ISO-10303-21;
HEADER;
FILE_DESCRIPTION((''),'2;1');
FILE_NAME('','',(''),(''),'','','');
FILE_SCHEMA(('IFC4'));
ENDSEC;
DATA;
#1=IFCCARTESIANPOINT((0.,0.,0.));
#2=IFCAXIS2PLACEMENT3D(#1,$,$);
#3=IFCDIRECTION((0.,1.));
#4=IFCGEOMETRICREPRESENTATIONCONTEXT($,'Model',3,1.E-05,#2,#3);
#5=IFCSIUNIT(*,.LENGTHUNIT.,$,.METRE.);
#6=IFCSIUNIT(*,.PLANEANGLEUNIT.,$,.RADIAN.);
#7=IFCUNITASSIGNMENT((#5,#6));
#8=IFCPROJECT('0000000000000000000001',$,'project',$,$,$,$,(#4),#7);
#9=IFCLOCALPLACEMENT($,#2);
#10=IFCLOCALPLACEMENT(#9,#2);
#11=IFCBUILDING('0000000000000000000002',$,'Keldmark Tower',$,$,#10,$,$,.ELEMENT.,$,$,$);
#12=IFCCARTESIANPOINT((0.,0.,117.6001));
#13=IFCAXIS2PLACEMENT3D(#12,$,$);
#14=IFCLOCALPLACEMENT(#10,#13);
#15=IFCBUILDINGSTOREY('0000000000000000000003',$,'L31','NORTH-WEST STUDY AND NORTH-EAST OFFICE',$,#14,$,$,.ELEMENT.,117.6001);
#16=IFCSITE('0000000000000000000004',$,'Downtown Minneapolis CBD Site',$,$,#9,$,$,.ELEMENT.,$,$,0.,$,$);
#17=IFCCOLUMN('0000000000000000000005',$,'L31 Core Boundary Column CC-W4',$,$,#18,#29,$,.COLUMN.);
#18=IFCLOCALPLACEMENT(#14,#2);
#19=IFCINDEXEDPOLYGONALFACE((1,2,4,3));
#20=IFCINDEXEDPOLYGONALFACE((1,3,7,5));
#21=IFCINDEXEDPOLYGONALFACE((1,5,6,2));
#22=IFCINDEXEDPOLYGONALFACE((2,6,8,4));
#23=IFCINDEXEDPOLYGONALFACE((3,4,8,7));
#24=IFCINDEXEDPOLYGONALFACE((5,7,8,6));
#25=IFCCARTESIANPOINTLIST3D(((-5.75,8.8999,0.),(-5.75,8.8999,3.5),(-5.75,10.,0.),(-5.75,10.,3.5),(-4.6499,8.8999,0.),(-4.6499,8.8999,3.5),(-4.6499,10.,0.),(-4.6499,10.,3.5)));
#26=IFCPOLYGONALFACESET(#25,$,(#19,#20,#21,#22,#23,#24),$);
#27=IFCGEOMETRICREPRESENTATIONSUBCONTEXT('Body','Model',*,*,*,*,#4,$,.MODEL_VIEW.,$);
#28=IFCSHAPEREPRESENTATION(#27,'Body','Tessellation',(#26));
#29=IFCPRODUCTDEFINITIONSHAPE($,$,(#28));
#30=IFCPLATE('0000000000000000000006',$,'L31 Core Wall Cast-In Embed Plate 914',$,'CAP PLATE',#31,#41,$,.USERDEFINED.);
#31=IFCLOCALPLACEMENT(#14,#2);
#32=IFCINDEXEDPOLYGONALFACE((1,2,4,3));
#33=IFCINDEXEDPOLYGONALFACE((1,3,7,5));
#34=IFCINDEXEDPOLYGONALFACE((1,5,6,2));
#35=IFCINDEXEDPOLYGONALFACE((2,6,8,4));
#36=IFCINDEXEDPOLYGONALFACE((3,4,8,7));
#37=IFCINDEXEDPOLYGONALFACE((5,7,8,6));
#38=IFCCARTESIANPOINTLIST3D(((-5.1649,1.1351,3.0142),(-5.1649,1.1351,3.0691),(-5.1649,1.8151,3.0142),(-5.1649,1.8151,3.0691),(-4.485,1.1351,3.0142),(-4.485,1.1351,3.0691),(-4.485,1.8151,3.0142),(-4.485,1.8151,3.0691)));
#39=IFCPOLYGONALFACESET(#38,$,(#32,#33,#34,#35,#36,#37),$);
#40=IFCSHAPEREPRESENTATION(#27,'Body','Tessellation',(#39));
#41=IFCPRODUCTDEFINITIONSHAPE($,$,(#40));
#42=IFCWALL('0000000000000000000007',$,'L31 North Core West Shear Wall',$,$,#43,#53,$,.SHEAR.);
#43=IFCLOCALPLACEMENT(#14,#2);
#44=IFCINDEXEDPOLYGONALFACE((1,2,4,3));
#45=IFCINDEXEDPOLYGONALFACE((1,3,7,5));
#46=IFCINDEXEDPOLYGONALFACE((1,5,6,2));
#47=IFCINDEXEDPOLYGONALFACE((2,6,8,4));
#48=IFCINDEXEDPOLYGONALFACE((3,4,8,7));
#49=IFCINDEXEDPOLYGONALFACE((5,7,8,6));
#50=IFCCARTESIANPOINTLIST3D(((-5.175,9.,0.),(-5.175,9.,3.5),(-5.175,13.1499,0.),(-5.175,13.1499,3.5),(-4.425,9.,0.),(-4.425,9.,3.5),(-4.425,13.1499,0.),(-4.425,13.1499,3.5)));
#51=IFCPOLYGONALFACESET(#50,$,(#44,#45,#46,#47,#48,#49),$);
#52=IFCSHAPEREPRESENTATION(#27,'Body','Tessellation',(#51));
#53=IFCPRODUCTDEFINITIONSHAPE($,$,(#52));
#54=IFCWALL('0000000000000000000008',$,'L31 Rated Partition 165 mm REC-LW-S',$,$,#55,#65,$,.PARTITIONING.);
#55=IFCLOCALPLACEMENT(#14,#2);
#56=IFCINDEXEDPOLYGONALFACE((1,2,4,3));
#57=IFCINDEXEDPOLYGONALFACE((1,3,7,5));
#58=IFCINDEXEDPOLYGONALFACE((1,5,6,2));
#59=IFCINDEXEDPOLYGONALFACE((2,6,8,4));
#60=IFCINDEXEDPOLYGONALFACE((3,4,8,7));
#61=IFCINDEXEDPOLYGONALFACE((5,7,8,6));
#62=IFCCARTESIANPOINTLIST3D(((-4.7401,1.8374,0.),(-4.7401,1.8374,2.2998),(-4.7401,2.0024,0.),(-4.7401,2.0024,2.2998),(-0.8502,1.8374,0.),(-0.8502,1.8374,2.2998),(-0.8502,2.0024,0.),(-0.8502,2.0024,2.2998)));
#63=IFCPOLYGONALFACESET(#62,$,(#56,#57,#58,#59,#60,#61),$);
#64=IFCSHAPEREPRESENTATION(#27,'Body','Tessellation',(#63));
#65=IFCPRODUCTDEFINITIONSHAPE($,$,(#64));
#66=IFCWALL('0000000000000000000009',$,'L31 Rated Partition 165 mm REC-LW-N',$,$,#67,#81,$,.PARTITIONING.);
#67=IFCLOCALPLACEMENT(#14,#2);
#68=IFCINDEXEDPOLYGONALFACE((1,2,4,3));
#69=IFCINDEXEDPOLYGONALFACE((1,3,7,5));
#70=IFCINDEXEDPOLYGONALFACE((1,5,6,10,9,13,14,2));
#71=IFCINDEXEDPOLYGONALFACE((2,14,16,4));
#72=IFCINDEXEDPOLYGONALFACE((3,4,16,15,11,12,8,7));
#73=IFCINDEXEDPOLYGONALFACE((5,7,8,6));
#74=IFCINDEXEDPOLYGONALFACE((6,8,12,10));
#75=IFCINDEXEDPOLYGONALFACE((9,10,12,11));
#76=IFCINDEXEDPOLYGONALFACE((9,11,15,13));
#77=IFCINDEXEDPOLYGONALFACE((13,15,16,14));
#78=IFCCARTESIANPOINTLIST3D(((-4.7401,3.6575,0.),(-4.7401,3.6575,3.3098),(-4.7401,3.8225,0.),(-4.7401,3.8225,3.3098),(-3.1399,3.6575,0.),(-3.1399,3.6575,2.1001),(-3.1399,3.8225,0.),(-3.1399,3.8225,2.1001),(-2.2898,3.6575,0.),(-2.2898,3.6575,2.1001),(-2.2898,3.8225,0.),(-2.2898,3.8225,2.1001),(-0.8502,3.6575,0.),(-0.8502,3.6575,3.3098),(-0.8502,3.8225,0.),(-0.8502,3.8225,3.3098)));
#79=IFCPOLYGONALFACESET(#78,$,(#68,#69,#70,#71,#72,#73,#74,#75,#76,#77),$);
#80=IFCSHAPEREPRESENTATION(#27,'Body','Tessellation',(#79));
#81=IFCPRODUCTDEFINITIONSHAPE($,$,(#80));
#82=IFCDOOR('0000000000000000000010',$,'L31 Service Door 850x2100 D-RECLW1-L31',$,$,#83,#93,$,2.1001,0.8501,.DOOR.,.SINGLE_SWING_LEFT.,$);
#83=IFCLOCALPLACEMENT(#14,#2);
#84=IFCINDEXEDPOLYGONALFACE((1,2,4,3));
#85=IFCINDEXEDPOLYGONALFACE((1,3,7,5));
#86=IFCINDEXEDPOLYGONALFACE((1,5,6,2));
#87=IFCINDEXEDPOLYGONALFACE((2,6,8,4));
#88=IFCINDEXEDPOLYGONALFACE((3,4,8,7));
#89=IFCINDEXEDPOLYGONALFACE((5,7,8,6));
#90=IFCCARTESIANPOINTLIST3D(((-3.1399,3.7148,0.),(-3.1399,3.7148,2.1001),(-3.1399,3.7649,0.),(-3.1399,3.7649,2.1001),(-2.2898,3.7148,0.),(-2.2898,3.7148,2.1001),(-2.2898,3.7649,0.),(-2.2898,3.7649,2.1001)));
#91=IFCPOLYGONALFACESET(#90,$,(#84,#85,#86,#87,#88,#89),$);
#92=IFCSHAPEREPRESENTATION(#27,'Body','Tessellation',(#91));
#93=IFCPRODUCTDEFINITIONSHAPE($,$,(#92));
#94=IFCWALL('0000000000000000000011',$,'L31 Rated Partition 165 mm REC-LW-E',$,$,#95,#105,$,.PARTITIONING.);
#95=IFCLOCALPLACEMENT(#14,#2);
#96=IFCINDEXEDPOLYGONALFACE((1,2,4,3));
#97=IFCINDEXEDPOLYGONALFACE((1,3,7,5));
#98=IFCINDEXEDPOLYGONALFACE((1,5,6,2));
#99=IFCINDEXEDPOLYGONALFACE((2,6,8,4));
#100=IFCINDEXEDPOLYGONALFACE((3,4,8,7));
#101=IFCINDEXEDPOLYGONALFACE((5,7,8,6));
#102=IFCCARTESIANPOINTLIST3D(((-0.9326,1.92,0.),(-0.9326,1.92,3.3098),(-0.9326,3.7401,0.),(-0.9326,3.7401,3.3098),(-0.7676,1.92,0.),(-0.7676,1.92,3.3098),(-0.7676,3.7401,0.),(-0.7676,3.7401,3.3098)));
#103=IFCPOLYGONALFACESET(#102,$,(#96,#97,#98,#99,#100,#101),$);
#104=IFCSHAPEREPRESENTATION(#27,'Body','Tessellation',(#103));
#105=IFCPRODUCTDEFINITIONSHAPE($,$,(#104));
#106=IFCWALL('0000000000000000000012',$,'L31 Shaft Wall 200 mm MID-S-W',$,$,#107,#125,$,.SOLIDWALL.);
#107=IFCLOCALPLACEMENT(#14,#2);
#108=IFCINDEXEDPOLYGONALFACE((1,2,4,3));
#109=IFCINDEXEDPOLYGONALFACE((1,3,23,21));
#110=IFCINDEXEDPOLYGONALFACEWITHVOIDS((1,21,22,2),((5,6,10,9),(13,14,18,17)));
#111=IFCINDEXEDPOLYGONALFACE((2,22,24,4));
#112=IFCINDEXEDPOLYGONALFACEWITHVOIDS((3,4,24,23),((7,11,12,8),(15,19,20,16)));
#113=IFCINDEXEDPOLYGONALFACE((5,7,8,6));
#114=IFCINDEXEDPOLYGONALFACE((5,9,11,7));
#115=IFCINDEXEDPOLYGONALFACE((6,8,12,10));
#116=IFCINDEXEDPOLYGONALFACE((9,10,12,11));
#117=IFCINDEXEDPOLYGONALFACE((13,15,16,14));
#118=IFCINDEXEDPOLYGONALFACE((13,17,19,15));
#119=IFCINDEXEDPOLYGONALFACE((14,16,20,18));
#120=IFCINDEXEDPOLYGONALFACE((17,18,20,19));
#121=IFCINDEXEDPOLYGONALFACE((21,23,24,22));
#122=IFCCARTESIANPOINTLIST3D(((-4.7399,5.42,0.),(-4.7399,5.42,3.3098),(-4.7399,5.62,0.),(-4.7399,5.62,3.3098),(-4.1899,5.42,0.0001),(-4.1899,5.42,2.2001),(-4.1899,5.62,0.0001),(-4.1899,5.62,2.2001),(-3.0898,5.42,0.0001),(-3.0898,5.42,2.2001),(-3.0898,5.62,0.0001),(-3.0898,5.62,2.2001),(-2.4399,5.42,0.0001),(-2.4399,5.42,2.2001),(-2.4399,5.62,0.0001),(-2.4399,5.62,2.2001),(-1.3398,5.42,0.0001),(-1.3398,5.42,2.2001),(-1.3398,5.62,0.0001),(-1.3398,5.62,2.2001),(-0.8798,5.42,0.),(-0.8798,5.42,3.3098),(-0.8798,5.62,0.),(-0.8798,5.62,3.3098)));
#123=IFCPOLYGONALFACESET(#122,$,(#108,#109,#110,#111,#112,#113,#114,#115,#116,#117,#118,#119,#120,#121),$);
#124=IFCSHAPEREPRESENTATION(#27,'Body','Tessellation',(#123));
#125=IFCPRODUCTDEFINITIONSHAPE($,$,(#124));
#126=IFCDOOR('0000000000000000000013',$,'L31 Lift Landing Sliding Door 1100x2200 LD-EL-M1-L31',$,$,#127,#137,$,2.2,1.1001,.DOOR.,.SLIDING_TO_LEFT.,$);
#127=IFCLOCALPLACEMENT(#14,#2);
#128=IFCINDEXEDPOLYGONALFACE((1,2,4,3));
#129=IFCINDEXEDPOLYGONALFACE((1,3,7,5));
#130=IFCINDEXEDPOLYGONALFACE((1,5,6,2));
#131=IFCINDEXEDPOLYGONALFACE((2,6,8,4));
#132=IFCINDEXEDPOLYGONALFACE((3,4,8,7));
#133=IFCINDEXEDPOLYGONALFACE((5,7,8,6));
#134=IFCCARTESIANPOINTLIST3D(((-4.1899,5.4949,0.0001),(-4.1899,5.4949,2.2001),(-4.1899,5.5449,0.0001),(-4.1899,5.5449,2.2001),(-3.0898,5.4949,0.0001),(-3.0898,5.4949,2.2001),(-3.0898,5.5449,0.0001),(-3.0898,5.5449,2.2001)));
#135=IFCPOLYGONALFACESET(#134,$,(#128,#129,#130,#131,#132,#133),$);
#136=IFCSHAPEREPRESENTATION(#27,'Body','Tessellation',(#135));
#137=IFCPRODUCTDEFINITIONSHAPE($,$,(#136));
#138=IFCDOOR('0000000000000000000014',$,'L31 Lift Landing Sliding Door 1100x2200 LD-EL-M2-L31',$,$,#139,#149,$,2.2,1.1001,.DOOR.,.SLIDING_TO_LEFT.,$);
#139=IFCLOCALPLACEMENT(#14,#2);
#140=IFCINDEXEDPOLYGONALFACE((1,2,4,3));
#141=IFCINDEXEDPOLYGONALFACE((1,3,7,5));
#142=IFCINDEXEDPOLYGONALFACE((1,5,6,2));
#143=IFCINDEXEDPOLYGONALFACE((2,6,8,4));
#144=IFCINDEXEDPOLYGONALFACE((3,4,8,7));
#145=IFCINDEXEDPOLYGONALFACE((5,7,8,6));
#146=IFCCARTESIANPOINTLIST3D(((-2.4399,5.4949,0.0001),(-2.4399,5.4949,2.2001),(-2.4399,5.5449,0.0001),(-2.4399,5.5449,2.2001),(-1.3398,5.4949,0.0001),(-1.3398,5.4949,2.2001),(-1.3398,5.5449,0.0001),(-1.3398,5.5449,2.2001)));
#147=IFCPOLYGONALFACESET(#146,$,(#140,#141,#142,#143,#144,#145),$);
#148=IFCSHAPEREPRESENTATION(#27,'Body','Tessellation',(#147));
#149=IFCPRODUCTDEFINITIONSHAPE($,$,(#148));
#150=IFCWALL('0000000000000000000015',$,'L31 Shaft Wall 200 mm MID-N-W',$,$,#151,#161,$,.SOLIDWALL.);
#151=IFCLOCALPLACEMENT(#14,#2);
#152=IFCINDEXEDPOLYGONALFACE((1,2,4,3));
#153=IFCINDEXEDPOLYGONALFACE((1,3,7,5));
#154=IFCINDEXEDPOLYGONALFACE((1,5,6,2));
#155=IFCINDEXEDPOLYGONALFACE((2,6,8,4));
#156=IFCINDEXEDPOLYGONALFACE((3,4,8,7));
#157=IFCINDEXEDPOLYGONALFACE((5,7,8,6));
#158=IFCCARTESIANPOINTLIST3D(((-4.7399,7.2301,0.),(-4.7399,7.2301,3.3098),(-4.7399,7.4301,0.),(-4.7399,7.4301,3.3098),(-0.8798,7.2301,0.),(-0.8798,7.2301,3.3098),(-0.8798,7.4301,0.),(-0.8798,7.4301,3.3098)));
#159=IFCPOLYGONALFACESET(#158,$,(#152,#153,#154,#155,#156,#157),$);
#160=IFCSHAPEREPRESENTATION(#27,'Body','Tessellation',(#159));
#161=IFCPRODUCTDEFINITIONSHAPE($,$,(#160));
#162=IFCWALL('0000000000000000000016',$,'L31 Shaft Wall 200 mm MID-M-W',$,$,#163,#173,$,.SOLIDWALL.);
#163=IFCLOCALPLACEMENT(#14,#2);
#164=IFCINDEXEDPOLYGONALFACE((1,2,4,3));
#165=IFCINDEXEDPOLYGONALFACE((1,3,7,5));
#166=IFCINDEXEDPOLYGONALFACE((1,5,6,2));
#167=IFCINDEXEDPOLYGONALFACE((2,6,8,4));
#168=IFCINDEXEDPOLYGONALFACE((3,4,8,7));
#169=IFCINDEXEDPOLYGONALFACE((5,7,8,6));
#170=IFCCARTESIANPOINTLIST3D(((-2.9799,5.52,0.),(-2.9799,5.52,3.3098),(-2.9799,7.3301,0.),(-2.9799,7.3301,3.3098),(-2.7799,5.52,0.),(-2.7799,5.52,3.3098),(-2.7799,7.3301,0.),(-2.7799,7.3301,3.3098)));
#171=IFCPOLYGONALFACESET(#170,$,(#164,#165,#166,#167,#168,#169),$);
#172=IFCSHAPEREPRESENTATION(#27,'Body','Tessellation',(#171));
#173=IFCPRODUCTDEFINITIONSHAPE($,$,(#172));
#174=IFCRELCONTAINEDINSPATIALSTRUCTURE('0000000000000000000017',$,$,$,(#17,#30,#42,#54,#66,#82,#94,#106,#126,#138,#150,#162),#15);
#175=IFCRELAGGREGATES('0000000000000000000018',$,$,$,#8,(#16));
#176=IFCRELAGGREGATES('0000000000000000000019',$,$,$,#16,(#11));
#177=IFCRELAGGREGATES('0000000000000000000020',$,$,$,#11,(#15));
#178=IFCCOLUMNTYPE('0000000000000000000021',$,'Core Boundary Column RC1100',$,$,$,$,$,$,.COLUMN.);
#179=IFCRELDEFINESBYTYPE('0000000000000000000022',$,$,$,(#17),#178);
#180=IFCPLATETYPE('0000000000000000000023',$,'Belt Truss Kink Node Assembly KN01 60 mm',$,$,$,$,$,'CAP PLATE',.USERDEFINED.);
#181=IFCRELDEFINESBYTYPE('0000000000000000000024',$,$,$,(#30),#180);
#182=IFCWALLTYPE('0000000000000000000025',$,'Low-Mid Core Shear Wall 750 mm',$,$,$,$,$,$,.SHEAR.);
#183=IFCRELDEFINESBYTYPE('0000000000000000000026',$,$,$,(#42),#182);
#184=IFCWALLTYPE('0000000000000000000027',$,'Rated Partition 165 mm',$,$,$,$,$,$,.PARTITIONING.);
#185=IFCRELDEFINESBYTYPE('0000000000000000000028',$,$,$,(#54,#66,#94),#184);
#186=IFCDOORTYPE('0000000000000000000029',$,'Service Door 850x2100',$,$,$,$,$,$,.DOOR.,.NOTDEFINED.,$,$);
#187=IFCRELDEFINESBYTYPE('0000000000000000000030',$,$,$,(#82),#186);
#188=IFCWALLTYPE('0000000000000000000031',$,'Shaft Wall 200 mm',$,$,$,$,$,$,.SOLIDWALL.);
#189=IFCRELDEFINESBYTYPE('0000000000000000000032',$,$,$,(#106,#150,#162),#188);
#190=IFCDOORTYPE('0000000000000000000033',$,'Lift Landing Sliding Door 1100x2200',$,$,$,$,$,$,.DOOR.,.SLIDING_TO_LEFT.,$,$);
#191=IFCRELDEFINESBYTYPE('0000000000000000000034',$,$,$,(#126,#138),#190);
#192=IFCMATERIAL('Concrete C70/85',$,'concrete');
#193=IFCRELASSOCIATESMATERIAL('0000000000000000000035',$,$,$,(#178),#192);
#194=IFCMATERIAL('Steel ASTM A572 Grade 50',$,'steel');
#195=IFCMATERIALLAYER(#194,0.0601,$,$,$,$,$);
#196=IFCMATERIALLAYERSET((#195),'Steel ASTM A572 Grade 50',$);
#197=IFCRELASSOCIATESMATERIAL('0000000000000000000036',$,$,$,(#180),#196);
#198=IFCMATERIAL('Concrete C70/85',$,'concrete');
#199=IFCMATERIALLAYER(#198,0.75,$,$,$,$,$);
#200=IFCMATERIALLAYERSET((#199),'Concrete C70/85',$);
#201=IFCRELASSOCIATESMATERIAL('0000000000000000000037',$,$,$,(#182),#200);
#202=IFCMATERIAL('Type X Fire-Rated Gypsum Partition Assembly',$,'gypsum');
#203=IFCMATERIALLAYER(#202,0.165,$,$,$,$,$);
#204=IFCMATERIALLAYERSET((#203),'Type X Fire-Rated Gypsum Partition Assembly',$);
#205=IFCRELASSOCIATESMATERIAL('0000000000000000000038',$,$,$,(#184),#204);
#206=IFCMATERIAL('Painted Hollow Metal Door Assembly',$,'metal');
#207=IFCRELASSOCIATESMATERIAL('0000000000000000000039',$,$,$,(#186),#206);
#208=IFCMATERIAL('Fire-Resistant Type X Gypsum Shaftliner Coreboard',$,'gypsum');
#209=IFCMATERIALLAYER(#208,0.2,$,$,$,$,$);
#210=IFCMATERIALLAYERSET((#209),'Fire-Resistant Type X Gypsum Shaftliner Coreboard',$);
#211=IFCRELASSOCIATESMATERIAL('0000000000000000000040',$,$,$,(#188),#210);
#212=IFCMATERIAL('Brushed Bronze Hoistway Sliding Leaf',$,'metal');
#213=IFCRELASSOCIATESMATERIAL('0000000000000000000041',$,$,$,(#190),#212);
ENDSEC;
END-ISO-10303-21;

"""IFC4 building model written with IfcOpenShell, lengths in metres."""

from ifc_helpers import new_model, si_unit, direction, frame, frame_2d, origin, origin_2d, place, context, subcontext, project, spatial, rectangle, extrude, material, layer, layer_set, material_profile, profile_set, type_object, element, fill, save


model = new_model("IFC4")

# Units and contexts
model_context = context("Model", 3, precision=1e-05, world=origin(), true_north=direction((0.0, 1.0)))
body_context = subcontext(model_context, "Body", "Model", "MODEL_VIEW")
ifc_project = project(units=[si_unit("LENGTHUNIT", "METRE"), si_unit("PLANEANGLEUNIT", "RADIAN")], contexts=[model_context])

# Site, building, storey
site_placement = place(None, origin())
site = spatial("IfcSite", under=ifc_project, at=site_placement, Name="Downtown Minneapolis CBD Site", CompositionType="ELEMENT", RefElevation=0.0)
building_placement = place(site_placement, origin())
building = spatial("IfcBuilding", under=site, at=building_placement, Name="Keldmark Tower", CompositionType="ELEMENT")
storey_placement = place(building_placement, frame((0.0, 0.0, 117.6001)))
storey = spatial("IfcBuildingStorey", under=building, at=storey_placement, Name="L31", Description="NORTH-WEST STUDY AND NORTH-EAST OFFICE", CompositionType="ELEMENT", Elevation=117.6001)

# Column
ifc_material_1 = material(Name="Concrete C70/85", Category="concrete")
ifc_material_profile = material_profile(ifc_material_1, rectangle(XDim=1.1001, YDim=1.1001, at=origin_2d()), Name="RC1100X1100")
ifc_profile_set = profile_set([ifc_material_profile], Name="Concrete C70/85")
column_type = type_object("IfcColumnType", Name="Core Boundary Column RC1100", PredefinedType="COLUMN", material=ifc_profile_set)
column_placement = place(storey_placement, frame((-5.2, 9.45, 0.0), z_axis=(0.0, 0.0, 1.0), x_axis=(1.0, 0.0, 0.0)))
element("IfcColumn", 1, at=column_placement, inside=storey, type_object=column_type, Name="L31 Core Boundary Column CC-W4", PredefinedType="COLUMN", context=body_context, shape_type="SweptSolid", body=[
    extrude(rectangle(XDim=1.1001, YDim=1.1001, at=origin_2d()), origin(), (0.0, 0.0, 1.0), 3.5),
])

# Plate
ifc_material_2 = material(Name="Steel ASTM A572 Grade 50", Category="steel")
ifc_layer_1 = layer(ifc_material_2, 0.0601)
ifc_layer_set_1 = layer_set([ifc_layer_1], Name="Steel ASTM A572 Grade 50")
plate_type = type_object("IfcPlateType", Name="Belt Truss Kink Node Assembly KN01 60 mm", ElementType="CAP PLATE", PredefinedType="USERDEFINED", material=ifc_layer_set_1)
plate_placement = place(storey_placement, frame((-4.825, 1.4751, 3.0142), z_axis=(0.0, 0.0, 1.0), x_axis=(1.0, 0.0, 0.0)))
element("IfcPlate", 2, at=plate_placement, inside=storey, type_object=plate_type, Name="L31 Core Wall Cast-In Embed Plate 914", ObjectType="CAP PLATE", PredefinedType="USERDEFINED", context=body_context, shape_type="SweptSolid", body=[
    extrude(rectangle(XDim=0.6799, YDim=0.6799, at=origin_2d()), origin(), (0.0, 0.0, 1.0), 0.0549),
])

# Walls
ifc_material_3 = material(Name="Concrete C70/85", Category="concrete")
ifc_layer_2 = layer(ifc_material_3, 0.75)
ifc_layer_set_2 = layer_set([ifc_layer_2], Name="Concrete C70/85")
wall_type_1 = type_object("IfcWallType", Name="Low-Mid Core Shear Wall 750 mm", PredefinedType="SHEAR", material=ifc_layer_set_2)
wall_1_placement = place(storey_placement, frame((-4.8, 9.0, 0.0), z_axis=(0.0, 0.0, 1.0), x_axis=(0.0, 1.0, 0.0)))
element("IfcWall", 3, at=wall_1_placement, inside=storey, type_object=wall_type_1, Name="L31 North Core West Shear Wall", PredefinedType="SHEAR", context=body_context, shape_type="SweptSolid", body=[
    extrude(rectangle(XDim=4.1499, YDim=0.75, at=frame_2d((2.075, 0.0))), origin(), (0.0, 0.0, 1.0), 3.5),
])
ifc_material_4 = material(Name="Type X Fire-Rated Gypsum Partition Assembly", Category="gypsum")
ifc_layer_3 = layer(ifc_material_4, 0.165)
ifc_layer_set_3 = layer_set([ifc_layer_3], Name="Type X Fire-Rated Gypsum Partition Assembly")
wall_type_2 = type_object("IfcWallType", Name="Rated Partition 165 mm", PredefinedType="PARTITIONING", material=ifc_layer_set_3)
wall_2_placement = place(storey_placement, frame((-4.74, 1.9199, 0.0), z_axis=(0.0, 0.0, 1.0), x_axis=(1.0, 0.0, 0.0)))
element("IfcWall", 4, at=wall_2_placement, inside=storey, type_object=wall_type_2, Name="L31 Rated Partition 165 mm REC-LW-S", PredefinedType="PARTITIONING", context=body_context, shape_type="SweptSolid", body=[
    extrude(rectangle(XDim=3.8899, YDim=0.165, at=frame_2d((1.9448, 0.0))), origin(), (0.0, 0.0, 1.0), 2.2998),
])

# Wall, opening, door
wall_3_placement = place(storey_placement, frame((-4.74, 3.74, 0.0), z_axis=(0.0, 0.0, 1.0), x_axis=(1.0, 0.0, 0.0)))
wall_3 = element("IfcWall", 5, at=wall_3_placement, inside=storey, type_object=wall_type_2, Name="L31 Rated Partition 165 mm REC-LW-N", PredefinedType="PARTITIONING", context=body_context, shape_type="SweptSolid", body=[
    extrude(rectangle(XDim=3.8899, YDim=0.165, at=frame_2d((1.9448, 0.0))), origin(), (0.0, 0.0, 1.0), 3.3098),
])
opening_1_placement = place(wall_3_placement, frame((1.6001, 0.0, 0.0)))
opening_1 = element("IfcOpeningElement", 6, at=opening_1_placement, cuts=wall_3, PredefinedType="OPENING", context=body_context, shape_type="SweptSolid", body=[
    extrude(rectangle(XDim=0.8501, YDim=2.1001, at=frame_2d((0.425, 1.05))), frame((0.0, 0.0925, 0.0), z_axis=(0.0, -1.0, 0.0), x_axis=(1.0, 0.0, 0.0)), (0.0, 0.0, 1.0), 0.1851),
])
ifc_material_5 = material(Name="Painted Hollow Metal Door Assembly", Category="metal")
door_type_1 = type_object("IfcDoorType", Name="Service Door 850x2100", OperationType="NOTDEFINED", PredefinedType="DOOR", material=ifc_material_5)
door_1_placement = place(opening_1_placement, origin())
door_1 = element("IfcDoor", 7, at=door_1_placement, inside=storey, type_object=door_type_1, Name="L31 Service Door 850x2100 D-RECLW1-L31", OperationType="SINGLE_SWING_LEFT", OverallHeight=2.1001, OverallWidth=0.8501, PredefinedType="DOOR", context=body_context, shape_type="SweptSolid", body=[
    extrude(rectangle(XDim=0.8501, YDim=2.1001, at=frame_2d((0.425, 1.05))), frame((0.0, 0.0249, 0.0), z_axis=(0.0, -1.0, 0.0), x_axis=(1.0, 0.0, 0.0)), (0.0, 0.0, 1.0), 0.05),
])
fill(opening_1, door_1)

# Wall
wall_4_placement = place(storey_placement, frame((-0.8501, 1.9199, 0.0), z_axis=(0.0, 0.0, 1.0), x_axis=(0.0, 1.0, 0.0)))
element("IfcWall", 8, at=wall_4_placement, inside=storey, type_object=wall_type_2, Name="L31 Rated Partition 165 mm REC-LW-E", PredefinedType="PARTITIONING", context=body_context, shape_type="SweptSolid", body=[
    extrude(rectangle(XDim=1.8201, YDim=0.165, at=frame_2d((0.9102, 0.0))), origin(), (0.0, 0.0, 1.0), 3.3098),
])

# Wall, openings, doors
ifc_material_6 = material(Name="Fire-Resistant Type X Gypsum Shaftliner Coreboard", Category="gypsum")
ifc_layer_4 = layer(ifc_material_6, 0.2)
ifc_layer_set_4 = layer_set([ifc_layer_4], Name="Fire-Resistant Type X Gypsum Shaftliner Coreboard")
wall_type_3 = type_object("IfcWallType", Name="Shaft Wall 200 mm", PredefinedType="SOLIDWALL", material=ifc_layer_set_4)
wall_5_placement = place(storey_placement, frame((-4.74, 5.52, 0.0), z_axis=(0.0, 0.0, 1.0), x_axis=(1.0, 0.0, 0.0)))
wall_5 = element("IfcWall", 9, at=wall_5_placement, inside=storey, type_object=wall_type_3, Name="L31 Shaft Wall 200 mm MID-S-W", PredefinedType="SOLIDWALL", context=body_context, shape_type="SweptSolid", body=[
    extrude(rectangle(XDim=3.8601, YDim=0.2, at=frame_2d((1.9302, 0.0))), origin(), (0.0, 0.0, 1.0), 3.3098),
])
opening_2_placement = place(wall_5_placement, frame((0.55, 0.0, 0.0)))
opening_2 = element("IfcOpeningElement", 10, at=opening_2_placement, cuts=wall_5, PredefinedType="OPENING", context=body_context, shape_type="SweptSolid", body=[
    extrude(rectangle(XDim=1.1001, YDim=2.2, at=frame_2d((0.55, 1.1001))), frame((0.0, 0.1099, 0.0), z_axis=(0.0, -1.0, 0.0), x_axis=(1.0, 0.0, 0.0)), (0.0, 0.0, 1.0), 0.22),
])
opening_3_placement = place(wall_5_placement, frame((2.3, 0.0, 0.0)))
opening_3 = element("IfcOpeningElement", 11, at=opening_3_placement, cuts=wall_5, PredefinedType="OPENING", context=body_context, shape_type="SweptSolid", body=[
    extrude(rectangle(XDim=1.1001, YDim=2.2, at=frame_2d((0.55, 1.1001))), frame((0.0, 0.1099, 0.0), z_axis=(0.0, -1.0, 0.0), x_axis=(1.0, 0.0, 0.0)), (0.0, 0.0, 1.0), 0.22),
])
ifc_material_7 = material(Name="Brushed Bronze Hoistway Sliding Leaf", Category="metal")
door_type_2 = type_object("IfcDoorType", Name="Lift Landing Sliding Door 1100x2200", OperationType="SLIDING_TO_LEFT", PredefinedType="DOOR", material=ifc_material_7)
door_2_placement = place(opening_2_placement, origin())
door_2 = element("IfcDoor", 12, at=door_2_placement, inside=storey, type_object=door_type_2, Name="L31 Lift Landing Sliding Door 1100x2200 LD-EL-M1-L31", OperationType="SLIDING_TO_LEFT", OverallHeight=2.2, OverallWidth=1.1001, PredefinedType="DOOR", context=body_context, shape_type="SweptSolid", body=[
    extrude(rectangle(XDim=1.1001, YDim=2.2, at=frame_2d((0.55, 1.1001))), frame((0.0, 0.0249, 0.0), z_axis=(0.0, -1.0, 0.0), x_axis=(1.0, 0.0, 0.0)), (0.0, 0.0, 1.0), 0.05),
])
fill(opening_2, door_2)
door_3_placement = place(opening_3_placement, origin())
door_3 = element("IfcDoor", 13, at=door_3_placement, inside=storey, type_object=door_type_2, Name="L31 Lift Landing Sliding Door 1100x2200 LD-EL-M2-L31", OperationType="SLIDING_TO_LEFT", OverallHeight=2.2, OverallWidth=1.1001, PredefinedType="DOOR", context=body_context, shape_type="SweptSolid", body=[
    extrude(rectangle(XDim=1.1001, YDim=2.2, at=frame_2d((0.55, 1.1001))), frame((0.0, 0.0249, 0.0), z_axis=(0.0, -1.0, 0.0), x_axis=(1.0, 0.0, 0.0)), (0.0, 0.0, 1.0), 0.05),
])
fill(opening_3, door_3)

# Walls
wall_6_placement = place(storey_placement, frame((-4.74, 7.3301, 0.0), z_axis=(0.0, 0.0, 1.0), x_axis=(1.0, 0.0, 0.0)))
element("IfcWall", 14, at=wall_6_placement, inside=storey, type_object=wall_type_3, Name="L31 Shaft Wall 200 mm MID-N-W", PredefinedType="SOLIDWALL", context=body_context, shape_type="SweptSolid", body=[
    extrude(rectangle(XDim=3.8601, YDim=0.2, at=frame_2d((1.9302, 0.0))), origin(), (0.0, 0.0, 1.0), 3.3098),
])
for number, where, z_axis, x_axis, name in (
    (15, (-2.8799, 5.52, 0.0), (0.0, 0.0, 1.0), (0.0, 1.0, 0.0), "L31 Shaft Wall 200 mm MID-M-W"),
):
    element("IfcWall", number, at=place(storey_placement, frame(where, z_axis=z_axis, x_axis=x_axis)), inside=storey, type_object=wall_type_3, Name=name, PredefinedType="SOLIDWALL", context=body_context, shape_type="SweptSolid", body=[
        extrude(rectangle(XDim=1.8101, YDim=0.2, at=frame_2d((0.905, 0.0))), origin(), (0.0, 0.0, 1.0), 3.3098),
    ])

save(model, "model.ifc")
